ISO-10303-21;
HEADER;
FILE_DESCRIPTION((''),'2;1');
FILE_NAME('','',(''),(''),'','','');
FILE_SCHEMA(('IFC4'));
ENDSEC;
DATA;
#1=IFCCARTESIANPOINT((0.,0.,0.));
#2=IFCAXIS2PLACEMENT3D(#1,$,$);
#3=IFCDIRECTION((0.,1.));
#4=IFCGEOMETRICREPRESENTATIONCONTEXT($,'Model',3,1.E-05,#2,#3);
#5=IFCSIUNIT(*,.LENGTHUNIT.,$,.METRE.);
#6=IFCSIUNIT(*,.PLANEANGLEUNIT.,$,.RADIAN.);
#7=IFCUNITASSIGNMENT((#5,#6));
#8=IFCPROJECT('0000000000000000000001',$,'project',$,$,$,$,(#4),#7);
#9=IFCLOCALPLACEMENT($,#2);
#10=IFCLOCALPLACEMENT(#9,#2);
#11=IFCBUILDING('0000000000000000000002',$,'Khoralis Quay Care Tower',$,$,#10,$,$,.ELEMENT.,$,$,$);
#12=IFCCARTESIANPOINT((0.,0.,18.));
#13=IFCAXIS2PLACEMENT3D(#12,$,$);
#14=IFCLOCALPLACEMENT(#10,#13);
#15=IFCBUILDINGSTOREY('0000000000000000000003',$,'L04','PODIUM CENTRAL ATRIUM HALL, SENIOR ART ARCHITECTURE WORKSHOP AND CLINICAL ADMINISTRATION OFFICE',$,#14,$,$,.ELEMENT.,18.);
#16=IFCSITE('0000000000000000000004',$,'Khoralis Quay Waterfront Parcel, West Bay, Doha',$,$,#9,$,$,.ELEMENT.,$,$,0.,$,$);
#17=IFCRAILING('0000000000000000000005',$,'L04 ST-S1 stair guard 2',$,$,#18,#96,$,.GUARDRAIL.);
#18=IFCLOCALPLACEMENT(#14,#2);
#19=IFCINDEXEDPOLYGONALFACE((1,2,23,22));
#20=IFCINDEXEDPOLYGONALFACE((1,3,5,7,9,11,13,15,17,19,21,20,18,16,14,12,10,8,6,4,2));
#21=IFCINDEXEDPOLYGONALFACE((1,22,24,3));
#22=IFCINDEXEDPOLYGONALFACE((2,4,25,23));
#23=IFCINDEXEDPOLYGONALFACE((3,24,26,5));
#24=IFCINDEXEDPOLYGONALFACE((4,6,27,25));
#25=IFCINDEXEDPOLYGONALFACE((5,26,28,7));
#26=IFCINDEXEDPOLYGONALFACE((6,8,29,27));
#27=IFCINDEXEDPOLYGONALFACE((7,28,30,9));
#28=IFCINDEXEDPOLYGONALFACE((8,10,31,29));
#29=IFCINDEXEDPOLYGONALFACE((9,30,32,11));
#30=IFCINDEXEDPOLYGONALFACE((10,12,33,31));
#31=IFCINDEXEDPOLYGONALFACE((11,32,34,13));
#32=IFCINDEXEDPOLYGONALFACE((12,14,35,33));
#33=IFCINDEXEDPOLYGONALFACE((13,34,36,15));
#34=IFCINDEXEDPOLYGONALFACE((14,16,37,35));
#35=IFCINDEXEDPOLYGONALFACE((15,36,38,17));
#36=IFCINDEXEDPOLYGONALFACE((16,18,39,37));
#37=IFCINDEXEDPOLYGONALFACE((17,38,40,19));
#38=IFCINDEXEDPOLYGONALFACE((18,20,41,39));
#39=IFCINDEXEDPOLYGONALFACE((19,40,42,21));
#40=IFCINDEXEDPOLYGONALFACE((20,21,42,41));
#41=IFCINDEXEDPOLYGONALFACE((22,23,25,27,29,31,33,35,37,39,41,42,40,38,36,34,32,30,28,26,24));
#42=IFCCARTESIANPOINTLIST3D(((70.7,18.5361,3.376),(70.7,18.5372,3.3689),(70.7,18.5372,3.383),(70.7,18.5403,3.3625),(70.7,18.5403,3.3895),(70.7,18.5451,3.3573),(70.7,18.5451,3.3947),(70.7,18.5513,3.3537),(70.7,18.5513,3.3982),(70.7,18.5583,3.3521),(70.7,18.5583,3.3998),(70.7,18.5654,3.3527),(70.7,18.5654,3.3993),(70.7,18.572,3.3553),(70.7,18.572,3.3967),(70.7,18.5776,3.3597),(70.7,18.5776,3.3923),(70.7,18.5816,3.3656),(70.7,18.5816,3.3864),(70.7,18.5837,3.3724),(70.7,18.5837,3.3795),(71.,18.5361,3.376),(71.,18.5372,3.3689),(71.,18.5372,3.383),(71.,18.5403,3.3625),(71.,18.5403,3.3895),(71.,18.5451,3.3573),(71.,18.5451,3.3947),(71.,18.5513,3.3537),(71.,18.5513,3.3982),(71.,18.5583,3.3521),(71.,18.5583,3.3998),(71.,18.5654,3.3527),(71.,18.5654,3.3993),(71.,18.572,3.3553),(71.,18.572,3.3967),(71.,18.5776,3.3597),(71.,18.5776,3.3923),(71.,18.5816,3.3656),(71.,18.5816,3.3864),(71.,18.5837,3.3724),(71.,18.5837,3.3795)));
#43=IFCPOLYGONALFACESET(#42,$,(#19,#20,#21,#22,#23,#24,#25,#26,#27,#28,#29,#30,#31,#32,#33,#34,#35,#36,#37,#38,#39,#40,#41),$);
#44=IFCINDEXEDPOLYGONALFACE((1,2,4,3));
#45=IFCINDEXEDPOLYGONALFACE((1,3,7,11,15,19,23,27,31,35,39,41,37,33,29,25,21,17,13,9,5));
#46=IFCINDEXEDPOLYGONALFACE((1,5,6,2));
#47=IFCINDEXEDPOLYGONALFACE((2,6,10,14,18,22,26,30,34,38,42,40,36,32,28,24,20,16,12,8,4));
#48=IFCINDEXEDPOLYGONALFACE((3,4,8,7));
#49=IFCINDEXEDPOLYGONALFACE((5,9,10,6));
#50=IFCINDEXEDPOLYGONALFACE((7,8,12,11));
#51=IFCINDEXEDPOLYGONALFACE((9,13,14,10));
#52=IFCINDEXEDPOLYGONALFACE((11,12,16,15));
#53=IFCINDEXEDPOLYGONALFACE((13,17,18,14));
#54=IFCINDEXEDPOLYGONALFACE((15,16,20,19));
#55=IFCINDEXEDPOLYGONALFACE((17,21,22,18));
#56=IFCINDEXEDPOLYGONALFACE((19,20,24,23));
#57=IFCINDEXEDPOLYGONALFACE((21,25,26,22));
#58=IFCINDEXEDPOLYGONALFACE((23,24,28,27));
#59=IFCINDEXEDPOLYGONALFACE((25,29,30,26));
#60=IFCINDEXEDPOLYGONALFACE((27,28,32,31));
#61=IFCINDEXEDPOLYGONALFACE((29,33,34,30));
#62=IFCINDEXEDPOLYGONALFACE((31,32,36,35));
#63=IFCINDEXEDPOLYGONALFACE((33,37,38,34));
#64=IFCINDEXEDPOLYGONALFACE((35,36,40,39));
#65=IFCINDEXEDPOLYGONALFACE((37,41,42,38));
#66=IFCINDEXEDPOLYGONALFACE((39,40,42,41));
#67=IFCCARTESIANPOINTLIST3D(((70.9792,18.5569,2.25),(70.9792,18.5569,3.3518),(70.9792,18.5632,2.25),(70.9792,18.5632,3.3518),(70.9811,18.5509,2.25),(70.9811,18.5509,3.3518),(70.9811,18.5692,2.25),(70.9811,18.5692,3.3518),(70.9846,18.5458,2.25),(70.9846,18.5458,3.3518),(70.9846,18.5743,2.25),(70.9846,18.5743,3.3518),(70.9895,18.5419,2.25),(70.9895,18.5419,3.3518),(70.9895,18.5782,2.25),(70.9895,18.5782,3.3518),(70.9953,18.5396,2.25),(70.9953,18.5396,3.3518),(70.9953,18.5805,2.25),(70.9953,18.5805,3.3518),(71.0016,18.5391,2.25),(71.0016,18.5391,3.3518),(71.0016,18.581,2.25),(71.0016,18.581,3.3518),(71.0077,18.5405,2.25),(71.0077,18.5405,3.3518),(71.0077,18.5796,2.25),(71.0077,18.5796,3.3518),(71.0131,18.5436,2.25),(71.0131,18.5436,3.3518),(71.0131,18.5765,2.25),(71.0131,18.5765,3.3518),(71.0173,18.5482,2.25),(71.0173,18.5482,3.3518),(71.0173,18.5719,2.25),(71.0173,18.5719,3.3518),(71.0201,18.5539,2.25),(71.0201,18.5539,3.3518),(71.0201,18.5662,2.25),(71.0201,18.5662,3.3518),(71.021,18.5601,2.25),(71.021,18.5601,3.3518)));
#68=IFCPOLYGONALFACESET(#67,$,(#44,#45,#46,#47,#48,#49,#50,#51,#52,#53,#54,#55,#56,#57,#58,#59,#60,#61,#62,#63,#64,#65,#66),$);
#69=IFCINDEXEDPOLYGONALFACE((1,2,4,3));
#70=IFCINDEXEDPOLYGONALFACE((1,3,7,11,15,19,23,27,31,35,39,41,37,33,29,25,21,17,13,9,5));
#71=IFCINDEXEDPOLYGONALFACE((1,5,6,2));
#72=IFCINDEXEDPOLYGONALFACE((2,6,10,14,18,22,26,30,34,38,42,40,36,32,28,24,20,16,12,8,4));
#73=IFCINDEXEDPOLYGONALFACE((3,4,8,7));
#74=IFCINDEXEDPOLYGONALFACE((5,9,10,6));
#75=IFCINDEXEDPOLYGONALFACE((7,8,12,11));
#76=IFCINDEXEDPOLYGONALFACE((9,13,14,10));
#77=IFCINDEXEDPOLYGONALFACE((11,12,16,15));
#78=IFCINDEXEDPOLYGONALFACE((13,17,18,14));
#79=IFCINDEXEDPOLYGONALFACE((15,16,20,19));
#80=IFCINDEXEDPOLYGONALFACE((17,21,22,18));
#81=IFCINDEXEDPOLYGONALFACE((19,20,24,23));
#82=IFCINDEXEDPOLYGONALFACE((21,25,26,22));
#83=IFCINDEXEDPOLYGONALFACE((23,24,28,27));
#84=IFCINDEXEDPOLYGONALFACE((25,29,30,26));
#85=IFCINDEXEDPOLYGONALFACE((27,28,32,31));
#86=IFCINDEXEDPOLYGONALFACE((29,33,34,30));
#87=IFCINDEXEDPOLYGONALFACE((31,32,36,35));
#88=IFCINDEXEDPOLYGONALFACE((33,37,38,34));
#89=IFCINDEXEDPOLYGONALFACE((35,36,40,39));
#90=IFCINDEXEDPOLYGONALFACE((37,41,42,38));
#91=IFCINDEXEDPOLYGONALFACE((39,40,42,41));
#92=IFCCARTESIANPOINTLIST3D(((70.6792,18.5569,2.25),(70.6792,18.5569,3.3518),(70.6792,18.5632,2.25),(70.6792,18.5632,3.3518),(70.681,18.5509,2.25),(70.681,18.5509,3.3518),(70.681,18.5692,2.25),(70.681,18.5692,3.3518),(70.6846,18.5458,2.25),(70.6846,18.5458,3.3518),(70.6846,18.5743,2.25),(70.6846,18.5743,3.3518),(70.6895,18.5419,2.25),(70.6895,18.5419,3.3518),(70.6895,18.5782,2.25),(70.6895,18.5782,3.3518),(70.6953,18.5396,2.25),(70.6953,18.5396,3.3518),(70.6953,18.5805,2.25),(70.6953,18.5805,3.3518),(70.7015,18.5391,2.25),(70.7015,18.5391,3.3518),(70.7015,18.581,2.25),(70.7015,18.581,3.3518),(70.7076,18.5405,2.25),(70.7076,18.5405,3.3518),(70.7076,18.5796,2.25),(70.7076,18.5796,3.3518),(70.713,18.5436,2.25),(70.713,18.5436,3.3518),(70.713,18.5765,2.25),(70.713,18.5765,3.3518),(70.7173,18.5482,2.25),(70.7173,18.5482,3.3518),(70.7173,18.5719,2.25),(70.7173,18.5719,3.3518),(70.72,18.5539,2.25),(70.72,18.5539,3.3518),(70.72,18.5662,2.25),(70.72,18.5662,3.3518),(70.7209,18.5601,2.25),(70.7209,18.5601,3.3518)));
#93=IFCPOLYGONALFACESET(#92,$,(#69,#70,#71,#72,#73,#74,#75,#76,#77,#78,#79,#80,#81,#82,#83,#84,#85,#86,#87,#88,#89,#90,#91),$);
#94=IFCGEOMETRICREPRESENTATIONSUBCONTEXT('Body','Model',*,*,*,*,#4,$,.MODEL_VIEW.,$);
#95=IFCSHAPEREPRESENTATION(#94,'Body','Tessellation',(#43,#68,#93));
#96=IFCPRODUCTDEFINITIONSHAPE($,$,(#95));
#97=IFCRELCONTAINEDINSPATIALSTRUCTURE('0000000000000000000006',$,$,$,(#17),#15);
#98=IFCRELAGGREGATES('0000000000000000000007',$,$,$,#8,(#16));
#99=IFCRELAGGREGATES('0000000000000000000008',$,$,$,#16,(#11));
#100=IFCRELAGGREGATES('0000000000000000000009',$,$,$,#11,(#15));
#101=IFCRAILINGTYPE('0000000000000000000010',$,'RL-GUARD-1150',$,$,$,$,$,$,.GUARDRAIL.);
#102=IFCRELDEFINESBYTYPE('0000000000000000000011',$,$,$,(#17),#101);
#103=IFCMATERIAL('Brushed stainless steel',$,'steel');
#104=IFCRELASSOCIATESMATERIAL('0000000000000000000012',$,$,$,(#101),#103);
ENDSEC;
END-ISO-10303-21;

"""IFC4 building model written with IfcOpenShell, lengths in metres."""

from ifc_helpers import new_model, si_unit, direction, frame, origin, origin_2d, place, context, subcontext, project, spatial, circle, extrude, material, type_object, element, save


model = new_model("IFC4")

# Units and contexts
model_context = context("Model", 3, precision=1e-05, world=origin(), true_north=direction((0.0, 1.0)))
body_context = subcontext(model_context, "Body", "Model", "MODEL_VIEW")
ifc_project = project(units=[si_unit("LENGTHUNIT", "METRE"), si_unit("PLANEANGLEUNIT", "RADIAN")], contexts=[model_context])

# Site, building, storey
site_placement = place(None, origin())
site = spatial("IfcSite", under=ifc_project, at=site_placement, Name="Khoralis Quay Waterfront Parcel, West Bay, Doha", CompositionType="ELEMENT", RefElevation=0.0)
building_placement = place(site_placement, origin())
building = spatial("IfcBuilding", under=site, at=building_placement, Name="Khoralis Quay Care Tower", CompositionType="ELEMENT")
storey_placement = place(building_placement, frame((0.0, 0.0, 18.0)))
storey = spatial("IfcBuildingStorey", under=building, at=storey_placement, Name="L04", Description="PODIUM CENTRAL ATRIUM HALL, SENIOR ART ARCHITECTURE WORKSHOP AND CLINICAL ADMINISTRATION OFFICE", CompositionType="ELEMENT", Elevation=18.0)

# Railing
ifc_material_1 = material(Name="Brushed stainless steel", Category="steel")
railing_type_1 = type_object("IfcRailingType", Name="RL-GUARD-1150", PredefinedType="GUARDRAIL", material=ifc_material_1)
railing_1_placement = place(storey_placement, frame((71.0, 18.5601, 2.25)))
element("IfcRailing", 1, at=railing_1_placement, inside=storey, type_object=railing_type_1, Name="L04 ST-S1 stair guard 2", PredefinedType="GUARDRAIL", context=body_context, shape_type="SweptSolid", body=[
    extrude(circle(Radius=0.0239, at=origin_2d()), frame((0.0, 0.0, 1.126), z_axis=(-1.0, 0.0, 0.0), x_axis=(0.0, -1.0, 0.0)), (0.0, 0.0, 1.0), 0.3),
    extrude(circle(Radius=0.021, at=origin_2d()), origin(), (0.0, 0.0, 1.0), 1.1018),
    extrude(circle(Radius=0.021, at=origin_2d()), frame((-0.3, 0.0, 0.0)), (0.0, 0.0, 1.0), 1.1018),
])

save(model, "model.ifc")
